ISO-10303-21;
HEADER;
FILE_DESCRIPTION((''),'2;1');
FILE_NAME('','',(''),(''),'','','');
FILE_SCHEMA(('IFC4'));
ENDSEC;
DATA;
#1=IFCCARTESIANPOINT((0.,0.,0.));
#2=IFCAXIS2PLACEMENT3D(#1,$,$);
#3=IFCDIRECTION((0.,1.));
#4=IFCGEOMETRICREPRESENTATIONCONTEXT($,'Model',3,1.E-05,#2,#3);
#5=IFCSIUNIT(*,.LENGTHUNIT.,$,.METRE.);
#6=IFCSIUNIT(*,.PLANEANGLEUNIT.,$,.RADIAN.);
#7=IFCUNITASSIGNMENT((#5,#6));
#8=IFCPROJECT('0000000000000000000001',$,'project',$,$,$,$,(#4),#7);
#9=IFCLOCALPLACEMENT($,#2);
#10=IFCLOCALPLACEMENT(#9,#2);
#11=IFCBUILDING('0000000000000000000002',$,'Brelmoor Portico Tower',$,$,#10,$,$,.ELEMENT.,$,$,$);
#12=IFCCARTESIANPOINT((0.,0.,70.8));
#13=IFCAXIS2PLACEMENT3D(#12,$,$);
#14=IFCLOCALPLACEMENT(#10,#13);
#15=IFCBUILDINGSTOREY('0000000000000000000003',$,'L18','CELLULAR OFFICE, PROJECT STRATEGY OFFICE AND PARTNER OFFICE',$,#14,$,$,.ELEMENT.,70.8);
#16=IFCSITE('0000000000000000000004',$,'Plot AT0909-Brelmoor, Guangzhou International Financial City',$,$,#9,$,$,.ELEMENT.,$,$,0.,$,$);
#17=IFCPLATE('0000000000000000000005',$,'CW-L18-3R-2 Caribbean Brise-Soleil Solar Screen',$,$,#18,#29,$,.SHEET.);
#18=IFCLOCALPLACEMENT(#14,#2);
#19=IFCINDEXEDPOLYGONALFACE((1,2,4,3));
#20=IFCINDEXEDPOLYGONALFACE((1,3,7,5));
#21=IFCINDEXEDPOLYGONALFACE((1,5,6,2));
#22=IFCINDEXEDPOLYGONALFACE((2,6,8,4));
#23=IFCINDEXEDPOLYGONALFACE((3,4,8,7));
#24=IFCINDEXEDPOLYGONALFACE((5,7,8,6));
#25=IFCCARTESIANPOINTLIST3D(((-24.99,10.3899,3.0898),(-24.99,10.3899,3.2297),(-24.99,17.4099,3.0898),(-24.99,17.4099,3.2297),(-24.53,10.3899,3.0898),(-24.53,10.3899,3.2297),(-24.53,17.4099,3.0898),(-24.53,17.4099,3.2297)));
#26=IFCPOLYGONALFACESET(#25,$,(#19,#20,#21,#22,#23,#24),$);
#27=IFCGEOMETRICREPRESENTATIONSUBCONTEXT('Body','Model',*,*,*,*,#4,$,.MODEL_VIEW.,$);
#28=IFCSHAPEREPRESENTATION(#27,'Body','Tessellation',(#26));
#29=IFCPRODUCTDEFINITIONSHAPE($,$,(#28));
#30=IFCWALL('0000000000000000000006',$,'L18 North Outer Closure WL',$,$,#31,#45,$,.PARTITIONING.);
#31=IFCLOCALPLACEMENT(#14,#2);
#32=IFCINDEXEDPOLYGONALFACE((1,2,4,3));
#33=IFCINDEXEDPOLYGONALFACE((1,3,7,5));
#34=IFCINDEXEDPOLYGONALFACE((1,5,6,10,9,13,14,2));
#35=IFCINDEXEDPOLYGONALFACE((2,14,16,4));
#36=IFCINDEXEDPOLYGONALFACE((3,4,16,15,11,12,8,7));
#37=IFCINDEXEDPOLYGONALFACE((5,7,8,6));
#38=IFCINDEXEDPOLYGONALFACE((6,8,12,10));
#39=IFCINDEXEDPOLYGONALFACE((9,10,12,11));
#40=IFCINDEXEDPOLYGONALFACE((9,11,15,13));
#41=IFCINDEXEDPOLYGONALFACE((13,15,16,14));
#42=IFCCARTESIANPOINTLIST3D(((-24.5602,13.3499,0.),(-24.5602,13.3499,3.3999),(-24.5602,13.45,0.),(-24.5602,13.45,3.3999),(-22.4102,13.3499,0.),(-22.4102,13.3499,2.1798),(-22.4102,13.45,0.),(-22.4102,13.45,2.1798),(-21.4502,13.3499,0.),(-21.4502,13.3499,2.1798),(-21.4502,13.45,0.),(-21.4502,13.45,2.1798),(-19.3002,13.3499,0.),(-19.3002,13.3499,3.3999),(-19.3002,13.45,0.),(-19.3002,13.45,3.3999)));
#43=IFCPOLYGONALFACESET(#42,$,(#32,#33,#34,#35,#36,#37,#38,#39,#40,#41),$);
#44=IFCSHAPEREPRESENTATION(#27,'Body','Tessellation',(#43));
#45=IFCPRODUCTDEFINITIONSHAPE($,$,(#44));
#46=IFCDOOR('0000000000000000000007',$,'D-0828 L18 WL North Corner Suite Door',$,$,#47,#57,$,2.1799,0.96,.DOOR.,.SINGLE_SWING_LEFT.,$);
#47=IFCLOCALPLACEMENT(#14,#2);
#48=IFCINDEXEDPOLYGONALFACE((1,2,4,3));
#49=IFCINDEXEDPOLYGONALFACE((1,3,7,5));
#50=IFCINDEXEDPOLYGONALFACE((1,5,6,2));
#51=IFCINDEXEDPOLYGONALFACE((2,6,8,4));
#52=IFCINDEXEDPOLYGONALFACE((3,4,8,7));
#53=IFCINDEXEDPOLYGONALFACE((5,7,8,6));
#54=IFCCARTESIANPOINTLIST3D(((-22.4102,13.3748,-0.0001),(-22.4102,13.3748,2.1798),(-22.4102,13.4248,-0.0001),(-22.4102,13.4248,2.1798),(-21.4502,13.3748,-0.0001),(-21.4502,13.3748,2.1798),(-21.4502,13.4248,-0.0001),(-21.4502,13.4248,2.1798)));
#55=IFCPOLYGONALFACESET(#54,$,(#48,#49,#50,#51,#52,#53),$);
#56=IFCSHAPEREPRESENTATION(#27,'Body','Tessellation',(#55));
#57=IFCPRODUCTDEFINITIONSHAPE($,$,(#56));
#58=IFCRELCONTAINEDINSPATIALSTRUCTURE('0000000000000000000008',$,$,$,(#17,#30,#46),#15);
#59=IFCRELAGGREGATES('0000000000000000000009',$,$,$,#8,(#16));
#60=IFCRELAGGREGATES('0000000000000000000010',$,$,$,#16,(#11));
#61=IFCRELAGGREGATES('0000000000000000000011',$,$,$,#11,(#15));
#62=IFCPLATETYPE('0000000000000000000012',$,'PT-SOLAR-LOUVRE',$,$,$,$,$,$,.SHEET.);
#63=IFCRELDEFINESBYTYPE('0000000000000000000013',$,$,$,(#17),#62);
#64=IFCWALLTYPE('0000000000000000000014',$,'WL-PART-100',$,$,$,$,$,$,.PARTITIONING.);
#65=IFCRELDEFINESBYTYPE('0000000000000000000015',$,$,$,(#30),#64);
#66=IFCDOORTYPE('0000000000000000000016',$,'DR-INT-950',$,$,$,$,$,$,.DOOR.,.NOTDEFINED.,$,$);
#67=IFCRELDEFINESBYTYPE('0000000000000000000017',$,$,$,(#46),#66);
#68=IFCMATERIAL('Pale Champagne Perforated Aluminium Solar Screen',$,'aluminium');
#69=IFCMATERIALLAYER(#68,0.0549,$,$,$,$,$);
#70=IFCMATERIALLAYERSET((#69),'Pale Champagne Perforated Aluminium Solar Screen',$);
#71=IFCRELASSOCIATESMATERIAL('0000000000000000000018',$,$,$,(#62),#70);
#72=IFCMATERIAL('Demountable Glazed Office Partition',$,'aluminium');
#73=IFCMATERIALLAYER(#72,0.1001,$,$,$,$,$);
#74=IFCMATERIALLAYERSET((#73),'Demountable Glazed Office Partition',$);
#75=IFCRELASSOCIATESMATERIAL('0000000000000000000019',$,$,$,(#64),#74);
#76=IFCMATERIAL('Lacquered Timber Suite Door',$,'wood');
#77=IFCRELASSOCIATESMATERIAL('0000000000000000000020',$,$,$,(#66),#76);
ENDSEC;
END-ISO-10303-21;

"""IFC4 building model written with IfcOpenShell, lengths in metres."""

from ifc_helpers import new_model, si_unit, direction, frame, frame_2d, origin, origin_2d, place, context, subcontext, project, spatial, rectangle, extrude, material, layer, layer_set, type_object, element, fill, save


model = new_model("IFC4")

# Units and contexts
model_context = context("Model", 3, precision=1e-05, world=origin(), true_north=direction((0.0, 1.0)))
body_context = subcontext(model_context, "Body", "Model", "MODEL_VIEW")
ifc_project = project(units=[si_unit("LENGTHUNIT", "METRE"), si_unit("PLANEANGLEUNIT", "RADIAN")], contexts=[model_context])

# Site, building, storey
site_placement = place(None, origin())
site = spatial("IfcSite", under=ifc_project, at=site_placement, Name="Plot AT0909-Brelmoor, Guangzhou International Financial City", CompositionType="ELEMENT", RefElevation=0.0)
building_placement = place(site_placement, origin())
building = spatial("IfcBuilding", under=site, at=building_placement, Name="Brelmoor Portico Tower", CompositionType="ELEMENT")
storey_placement = place(building_placement, frame((0.0, 0.0, 70.8)))
storey = spatial("IfcBuildingStorey", under=building, at=storey_placement, Name="L18", Description="CELLULAR OFFICE, PROJECT STRATEGY OFFICE AND PARTNER OFFICE", CompositionType="ELEMENT", Elevation=70.8)

# Plate
ifc_material_1 = material(Name="Pale Champagne Perforated Aluminium Solar Screen", Category="aluminium")
ifc_layer_1 = layer(ifc_material_1, 0.0549)
ifc_layer_set_1 = layer_set([ifc_layer_1], Name="Pale Champagne Perforated Aluminium Solar Screen")
plate_type_1 = type_object("IfcPlateType", Name="PT-SOLAR-LOUVRE", PredefinedType="SHEET", material=ifc_layer_set_1)
plate_1_placement = place(storey_placement, frame((-24.76, 13.8999, 3.0898), z_axis=(0.0, 0.0, 1.0), x_axis=(0.0, 1.0, 0.0)))
element("IfcPlate", 1, at=plate_1_placement, inside=storey, type_object=plate_type_1, Name="CW-L18-3R-2 Caribbean Brise-Soleil Solar Screen", PredefinedType="SHEET", context=body_context, shape_type="SweptSolid", body=[
    extrude(rectangle(XDim=7.02, YDim=0.46, at=origin_2d()), origin(), (0.0, 0.0, 1.0), 0.1399),
])

# Wall, opening, door
ifc_material_2 = material(Name="Demountable Glazed Office Partition", Category="aluminium")
ifc_layer_2 = layer(ifc_material_2, 0.1001)
ifc_layer_set_2 = layer_set([ifc_layer_2], Name="Demountable Glazed Office Partition")
wall_type = type_object("IfcWallType", Name="WL-PART-100", PredefinedType="PARTITIONING", material=ifc_layer_set_2)
wall_placement = place(storey_placement, frame((-24.5601, 13.3999, 0.0), z_axis=(0.0, 0.0, 1.0), x_axis=(1.0, 0.0, 0.0)))
wall = element("IfcWall", 2, at=wall_placement, inside=storey, type_object=wall_type, Name="L18 North Outer Closure WL", PredefinedType="PARTITIONING", context=body_context, shape_type="SweptSolid", body=[
    extrude(rectangle(XDim=5.26, YDim=0.1001, at=frame_2d((2.6299, 0.0))), origin(), (0.0, 0.0, 1.0), 3.3999),
])
opening_placement = place(wall_placement, frame((2.1499, 0.0, 0.0)))
opening = element("IfcOpeningElement", 3, at=opening_placement, cuts=wall, PredefinedType="OPENING", context=body_context, shape_type="SweptSolid", body=[
    extrude(rectangle(XDim=0.96, YDim=2.1799, at=frame_2d((0.48, 1.0898))), frame((0.0, 0.0601, 0.0), z_axis=(0.0, -1.0, 0.0), x_axis=(1.0, 0.0, 0.0)), (0.0, 0.0, 1.0), 0.1201),
])
ifc_material_3 = material(Name="Lacquered Timber Suite Door", Category="wood")
door_type = type_object("IfcDoorType", Name="DR-INT-950", OperationType="NOTDEFINED", PredefinedType="DOOR", material=ifc_material_3)
door_placement = place(opening_placement, origin())
door = element("IfcDoor", 4, at=door_placement, inside=storey, type_object=door_type, Name="D-0828 L18 WL North Corner Suite Door", OperationType="SINGLE_SWING_LEFT", OverallHeight=2.1799, OverallWidth=0.96, PredefinedType="DOOR", context=body_context, shape_type="SweptSolid", body=[
    extrude(rectangle(XDim=0.96, YDim=2.1799, at=frame_2d((0.48, 1.0898))), frame((0.0, 0.0249, 0.0), z_axis=(0.0, -1.0, 0.0), x_axis=(1.0, 0.0, 0.0)), (0.0, 0.0, 1.0), 0.05),
])
fill(opening, door)

save(model, "model.ifc")
